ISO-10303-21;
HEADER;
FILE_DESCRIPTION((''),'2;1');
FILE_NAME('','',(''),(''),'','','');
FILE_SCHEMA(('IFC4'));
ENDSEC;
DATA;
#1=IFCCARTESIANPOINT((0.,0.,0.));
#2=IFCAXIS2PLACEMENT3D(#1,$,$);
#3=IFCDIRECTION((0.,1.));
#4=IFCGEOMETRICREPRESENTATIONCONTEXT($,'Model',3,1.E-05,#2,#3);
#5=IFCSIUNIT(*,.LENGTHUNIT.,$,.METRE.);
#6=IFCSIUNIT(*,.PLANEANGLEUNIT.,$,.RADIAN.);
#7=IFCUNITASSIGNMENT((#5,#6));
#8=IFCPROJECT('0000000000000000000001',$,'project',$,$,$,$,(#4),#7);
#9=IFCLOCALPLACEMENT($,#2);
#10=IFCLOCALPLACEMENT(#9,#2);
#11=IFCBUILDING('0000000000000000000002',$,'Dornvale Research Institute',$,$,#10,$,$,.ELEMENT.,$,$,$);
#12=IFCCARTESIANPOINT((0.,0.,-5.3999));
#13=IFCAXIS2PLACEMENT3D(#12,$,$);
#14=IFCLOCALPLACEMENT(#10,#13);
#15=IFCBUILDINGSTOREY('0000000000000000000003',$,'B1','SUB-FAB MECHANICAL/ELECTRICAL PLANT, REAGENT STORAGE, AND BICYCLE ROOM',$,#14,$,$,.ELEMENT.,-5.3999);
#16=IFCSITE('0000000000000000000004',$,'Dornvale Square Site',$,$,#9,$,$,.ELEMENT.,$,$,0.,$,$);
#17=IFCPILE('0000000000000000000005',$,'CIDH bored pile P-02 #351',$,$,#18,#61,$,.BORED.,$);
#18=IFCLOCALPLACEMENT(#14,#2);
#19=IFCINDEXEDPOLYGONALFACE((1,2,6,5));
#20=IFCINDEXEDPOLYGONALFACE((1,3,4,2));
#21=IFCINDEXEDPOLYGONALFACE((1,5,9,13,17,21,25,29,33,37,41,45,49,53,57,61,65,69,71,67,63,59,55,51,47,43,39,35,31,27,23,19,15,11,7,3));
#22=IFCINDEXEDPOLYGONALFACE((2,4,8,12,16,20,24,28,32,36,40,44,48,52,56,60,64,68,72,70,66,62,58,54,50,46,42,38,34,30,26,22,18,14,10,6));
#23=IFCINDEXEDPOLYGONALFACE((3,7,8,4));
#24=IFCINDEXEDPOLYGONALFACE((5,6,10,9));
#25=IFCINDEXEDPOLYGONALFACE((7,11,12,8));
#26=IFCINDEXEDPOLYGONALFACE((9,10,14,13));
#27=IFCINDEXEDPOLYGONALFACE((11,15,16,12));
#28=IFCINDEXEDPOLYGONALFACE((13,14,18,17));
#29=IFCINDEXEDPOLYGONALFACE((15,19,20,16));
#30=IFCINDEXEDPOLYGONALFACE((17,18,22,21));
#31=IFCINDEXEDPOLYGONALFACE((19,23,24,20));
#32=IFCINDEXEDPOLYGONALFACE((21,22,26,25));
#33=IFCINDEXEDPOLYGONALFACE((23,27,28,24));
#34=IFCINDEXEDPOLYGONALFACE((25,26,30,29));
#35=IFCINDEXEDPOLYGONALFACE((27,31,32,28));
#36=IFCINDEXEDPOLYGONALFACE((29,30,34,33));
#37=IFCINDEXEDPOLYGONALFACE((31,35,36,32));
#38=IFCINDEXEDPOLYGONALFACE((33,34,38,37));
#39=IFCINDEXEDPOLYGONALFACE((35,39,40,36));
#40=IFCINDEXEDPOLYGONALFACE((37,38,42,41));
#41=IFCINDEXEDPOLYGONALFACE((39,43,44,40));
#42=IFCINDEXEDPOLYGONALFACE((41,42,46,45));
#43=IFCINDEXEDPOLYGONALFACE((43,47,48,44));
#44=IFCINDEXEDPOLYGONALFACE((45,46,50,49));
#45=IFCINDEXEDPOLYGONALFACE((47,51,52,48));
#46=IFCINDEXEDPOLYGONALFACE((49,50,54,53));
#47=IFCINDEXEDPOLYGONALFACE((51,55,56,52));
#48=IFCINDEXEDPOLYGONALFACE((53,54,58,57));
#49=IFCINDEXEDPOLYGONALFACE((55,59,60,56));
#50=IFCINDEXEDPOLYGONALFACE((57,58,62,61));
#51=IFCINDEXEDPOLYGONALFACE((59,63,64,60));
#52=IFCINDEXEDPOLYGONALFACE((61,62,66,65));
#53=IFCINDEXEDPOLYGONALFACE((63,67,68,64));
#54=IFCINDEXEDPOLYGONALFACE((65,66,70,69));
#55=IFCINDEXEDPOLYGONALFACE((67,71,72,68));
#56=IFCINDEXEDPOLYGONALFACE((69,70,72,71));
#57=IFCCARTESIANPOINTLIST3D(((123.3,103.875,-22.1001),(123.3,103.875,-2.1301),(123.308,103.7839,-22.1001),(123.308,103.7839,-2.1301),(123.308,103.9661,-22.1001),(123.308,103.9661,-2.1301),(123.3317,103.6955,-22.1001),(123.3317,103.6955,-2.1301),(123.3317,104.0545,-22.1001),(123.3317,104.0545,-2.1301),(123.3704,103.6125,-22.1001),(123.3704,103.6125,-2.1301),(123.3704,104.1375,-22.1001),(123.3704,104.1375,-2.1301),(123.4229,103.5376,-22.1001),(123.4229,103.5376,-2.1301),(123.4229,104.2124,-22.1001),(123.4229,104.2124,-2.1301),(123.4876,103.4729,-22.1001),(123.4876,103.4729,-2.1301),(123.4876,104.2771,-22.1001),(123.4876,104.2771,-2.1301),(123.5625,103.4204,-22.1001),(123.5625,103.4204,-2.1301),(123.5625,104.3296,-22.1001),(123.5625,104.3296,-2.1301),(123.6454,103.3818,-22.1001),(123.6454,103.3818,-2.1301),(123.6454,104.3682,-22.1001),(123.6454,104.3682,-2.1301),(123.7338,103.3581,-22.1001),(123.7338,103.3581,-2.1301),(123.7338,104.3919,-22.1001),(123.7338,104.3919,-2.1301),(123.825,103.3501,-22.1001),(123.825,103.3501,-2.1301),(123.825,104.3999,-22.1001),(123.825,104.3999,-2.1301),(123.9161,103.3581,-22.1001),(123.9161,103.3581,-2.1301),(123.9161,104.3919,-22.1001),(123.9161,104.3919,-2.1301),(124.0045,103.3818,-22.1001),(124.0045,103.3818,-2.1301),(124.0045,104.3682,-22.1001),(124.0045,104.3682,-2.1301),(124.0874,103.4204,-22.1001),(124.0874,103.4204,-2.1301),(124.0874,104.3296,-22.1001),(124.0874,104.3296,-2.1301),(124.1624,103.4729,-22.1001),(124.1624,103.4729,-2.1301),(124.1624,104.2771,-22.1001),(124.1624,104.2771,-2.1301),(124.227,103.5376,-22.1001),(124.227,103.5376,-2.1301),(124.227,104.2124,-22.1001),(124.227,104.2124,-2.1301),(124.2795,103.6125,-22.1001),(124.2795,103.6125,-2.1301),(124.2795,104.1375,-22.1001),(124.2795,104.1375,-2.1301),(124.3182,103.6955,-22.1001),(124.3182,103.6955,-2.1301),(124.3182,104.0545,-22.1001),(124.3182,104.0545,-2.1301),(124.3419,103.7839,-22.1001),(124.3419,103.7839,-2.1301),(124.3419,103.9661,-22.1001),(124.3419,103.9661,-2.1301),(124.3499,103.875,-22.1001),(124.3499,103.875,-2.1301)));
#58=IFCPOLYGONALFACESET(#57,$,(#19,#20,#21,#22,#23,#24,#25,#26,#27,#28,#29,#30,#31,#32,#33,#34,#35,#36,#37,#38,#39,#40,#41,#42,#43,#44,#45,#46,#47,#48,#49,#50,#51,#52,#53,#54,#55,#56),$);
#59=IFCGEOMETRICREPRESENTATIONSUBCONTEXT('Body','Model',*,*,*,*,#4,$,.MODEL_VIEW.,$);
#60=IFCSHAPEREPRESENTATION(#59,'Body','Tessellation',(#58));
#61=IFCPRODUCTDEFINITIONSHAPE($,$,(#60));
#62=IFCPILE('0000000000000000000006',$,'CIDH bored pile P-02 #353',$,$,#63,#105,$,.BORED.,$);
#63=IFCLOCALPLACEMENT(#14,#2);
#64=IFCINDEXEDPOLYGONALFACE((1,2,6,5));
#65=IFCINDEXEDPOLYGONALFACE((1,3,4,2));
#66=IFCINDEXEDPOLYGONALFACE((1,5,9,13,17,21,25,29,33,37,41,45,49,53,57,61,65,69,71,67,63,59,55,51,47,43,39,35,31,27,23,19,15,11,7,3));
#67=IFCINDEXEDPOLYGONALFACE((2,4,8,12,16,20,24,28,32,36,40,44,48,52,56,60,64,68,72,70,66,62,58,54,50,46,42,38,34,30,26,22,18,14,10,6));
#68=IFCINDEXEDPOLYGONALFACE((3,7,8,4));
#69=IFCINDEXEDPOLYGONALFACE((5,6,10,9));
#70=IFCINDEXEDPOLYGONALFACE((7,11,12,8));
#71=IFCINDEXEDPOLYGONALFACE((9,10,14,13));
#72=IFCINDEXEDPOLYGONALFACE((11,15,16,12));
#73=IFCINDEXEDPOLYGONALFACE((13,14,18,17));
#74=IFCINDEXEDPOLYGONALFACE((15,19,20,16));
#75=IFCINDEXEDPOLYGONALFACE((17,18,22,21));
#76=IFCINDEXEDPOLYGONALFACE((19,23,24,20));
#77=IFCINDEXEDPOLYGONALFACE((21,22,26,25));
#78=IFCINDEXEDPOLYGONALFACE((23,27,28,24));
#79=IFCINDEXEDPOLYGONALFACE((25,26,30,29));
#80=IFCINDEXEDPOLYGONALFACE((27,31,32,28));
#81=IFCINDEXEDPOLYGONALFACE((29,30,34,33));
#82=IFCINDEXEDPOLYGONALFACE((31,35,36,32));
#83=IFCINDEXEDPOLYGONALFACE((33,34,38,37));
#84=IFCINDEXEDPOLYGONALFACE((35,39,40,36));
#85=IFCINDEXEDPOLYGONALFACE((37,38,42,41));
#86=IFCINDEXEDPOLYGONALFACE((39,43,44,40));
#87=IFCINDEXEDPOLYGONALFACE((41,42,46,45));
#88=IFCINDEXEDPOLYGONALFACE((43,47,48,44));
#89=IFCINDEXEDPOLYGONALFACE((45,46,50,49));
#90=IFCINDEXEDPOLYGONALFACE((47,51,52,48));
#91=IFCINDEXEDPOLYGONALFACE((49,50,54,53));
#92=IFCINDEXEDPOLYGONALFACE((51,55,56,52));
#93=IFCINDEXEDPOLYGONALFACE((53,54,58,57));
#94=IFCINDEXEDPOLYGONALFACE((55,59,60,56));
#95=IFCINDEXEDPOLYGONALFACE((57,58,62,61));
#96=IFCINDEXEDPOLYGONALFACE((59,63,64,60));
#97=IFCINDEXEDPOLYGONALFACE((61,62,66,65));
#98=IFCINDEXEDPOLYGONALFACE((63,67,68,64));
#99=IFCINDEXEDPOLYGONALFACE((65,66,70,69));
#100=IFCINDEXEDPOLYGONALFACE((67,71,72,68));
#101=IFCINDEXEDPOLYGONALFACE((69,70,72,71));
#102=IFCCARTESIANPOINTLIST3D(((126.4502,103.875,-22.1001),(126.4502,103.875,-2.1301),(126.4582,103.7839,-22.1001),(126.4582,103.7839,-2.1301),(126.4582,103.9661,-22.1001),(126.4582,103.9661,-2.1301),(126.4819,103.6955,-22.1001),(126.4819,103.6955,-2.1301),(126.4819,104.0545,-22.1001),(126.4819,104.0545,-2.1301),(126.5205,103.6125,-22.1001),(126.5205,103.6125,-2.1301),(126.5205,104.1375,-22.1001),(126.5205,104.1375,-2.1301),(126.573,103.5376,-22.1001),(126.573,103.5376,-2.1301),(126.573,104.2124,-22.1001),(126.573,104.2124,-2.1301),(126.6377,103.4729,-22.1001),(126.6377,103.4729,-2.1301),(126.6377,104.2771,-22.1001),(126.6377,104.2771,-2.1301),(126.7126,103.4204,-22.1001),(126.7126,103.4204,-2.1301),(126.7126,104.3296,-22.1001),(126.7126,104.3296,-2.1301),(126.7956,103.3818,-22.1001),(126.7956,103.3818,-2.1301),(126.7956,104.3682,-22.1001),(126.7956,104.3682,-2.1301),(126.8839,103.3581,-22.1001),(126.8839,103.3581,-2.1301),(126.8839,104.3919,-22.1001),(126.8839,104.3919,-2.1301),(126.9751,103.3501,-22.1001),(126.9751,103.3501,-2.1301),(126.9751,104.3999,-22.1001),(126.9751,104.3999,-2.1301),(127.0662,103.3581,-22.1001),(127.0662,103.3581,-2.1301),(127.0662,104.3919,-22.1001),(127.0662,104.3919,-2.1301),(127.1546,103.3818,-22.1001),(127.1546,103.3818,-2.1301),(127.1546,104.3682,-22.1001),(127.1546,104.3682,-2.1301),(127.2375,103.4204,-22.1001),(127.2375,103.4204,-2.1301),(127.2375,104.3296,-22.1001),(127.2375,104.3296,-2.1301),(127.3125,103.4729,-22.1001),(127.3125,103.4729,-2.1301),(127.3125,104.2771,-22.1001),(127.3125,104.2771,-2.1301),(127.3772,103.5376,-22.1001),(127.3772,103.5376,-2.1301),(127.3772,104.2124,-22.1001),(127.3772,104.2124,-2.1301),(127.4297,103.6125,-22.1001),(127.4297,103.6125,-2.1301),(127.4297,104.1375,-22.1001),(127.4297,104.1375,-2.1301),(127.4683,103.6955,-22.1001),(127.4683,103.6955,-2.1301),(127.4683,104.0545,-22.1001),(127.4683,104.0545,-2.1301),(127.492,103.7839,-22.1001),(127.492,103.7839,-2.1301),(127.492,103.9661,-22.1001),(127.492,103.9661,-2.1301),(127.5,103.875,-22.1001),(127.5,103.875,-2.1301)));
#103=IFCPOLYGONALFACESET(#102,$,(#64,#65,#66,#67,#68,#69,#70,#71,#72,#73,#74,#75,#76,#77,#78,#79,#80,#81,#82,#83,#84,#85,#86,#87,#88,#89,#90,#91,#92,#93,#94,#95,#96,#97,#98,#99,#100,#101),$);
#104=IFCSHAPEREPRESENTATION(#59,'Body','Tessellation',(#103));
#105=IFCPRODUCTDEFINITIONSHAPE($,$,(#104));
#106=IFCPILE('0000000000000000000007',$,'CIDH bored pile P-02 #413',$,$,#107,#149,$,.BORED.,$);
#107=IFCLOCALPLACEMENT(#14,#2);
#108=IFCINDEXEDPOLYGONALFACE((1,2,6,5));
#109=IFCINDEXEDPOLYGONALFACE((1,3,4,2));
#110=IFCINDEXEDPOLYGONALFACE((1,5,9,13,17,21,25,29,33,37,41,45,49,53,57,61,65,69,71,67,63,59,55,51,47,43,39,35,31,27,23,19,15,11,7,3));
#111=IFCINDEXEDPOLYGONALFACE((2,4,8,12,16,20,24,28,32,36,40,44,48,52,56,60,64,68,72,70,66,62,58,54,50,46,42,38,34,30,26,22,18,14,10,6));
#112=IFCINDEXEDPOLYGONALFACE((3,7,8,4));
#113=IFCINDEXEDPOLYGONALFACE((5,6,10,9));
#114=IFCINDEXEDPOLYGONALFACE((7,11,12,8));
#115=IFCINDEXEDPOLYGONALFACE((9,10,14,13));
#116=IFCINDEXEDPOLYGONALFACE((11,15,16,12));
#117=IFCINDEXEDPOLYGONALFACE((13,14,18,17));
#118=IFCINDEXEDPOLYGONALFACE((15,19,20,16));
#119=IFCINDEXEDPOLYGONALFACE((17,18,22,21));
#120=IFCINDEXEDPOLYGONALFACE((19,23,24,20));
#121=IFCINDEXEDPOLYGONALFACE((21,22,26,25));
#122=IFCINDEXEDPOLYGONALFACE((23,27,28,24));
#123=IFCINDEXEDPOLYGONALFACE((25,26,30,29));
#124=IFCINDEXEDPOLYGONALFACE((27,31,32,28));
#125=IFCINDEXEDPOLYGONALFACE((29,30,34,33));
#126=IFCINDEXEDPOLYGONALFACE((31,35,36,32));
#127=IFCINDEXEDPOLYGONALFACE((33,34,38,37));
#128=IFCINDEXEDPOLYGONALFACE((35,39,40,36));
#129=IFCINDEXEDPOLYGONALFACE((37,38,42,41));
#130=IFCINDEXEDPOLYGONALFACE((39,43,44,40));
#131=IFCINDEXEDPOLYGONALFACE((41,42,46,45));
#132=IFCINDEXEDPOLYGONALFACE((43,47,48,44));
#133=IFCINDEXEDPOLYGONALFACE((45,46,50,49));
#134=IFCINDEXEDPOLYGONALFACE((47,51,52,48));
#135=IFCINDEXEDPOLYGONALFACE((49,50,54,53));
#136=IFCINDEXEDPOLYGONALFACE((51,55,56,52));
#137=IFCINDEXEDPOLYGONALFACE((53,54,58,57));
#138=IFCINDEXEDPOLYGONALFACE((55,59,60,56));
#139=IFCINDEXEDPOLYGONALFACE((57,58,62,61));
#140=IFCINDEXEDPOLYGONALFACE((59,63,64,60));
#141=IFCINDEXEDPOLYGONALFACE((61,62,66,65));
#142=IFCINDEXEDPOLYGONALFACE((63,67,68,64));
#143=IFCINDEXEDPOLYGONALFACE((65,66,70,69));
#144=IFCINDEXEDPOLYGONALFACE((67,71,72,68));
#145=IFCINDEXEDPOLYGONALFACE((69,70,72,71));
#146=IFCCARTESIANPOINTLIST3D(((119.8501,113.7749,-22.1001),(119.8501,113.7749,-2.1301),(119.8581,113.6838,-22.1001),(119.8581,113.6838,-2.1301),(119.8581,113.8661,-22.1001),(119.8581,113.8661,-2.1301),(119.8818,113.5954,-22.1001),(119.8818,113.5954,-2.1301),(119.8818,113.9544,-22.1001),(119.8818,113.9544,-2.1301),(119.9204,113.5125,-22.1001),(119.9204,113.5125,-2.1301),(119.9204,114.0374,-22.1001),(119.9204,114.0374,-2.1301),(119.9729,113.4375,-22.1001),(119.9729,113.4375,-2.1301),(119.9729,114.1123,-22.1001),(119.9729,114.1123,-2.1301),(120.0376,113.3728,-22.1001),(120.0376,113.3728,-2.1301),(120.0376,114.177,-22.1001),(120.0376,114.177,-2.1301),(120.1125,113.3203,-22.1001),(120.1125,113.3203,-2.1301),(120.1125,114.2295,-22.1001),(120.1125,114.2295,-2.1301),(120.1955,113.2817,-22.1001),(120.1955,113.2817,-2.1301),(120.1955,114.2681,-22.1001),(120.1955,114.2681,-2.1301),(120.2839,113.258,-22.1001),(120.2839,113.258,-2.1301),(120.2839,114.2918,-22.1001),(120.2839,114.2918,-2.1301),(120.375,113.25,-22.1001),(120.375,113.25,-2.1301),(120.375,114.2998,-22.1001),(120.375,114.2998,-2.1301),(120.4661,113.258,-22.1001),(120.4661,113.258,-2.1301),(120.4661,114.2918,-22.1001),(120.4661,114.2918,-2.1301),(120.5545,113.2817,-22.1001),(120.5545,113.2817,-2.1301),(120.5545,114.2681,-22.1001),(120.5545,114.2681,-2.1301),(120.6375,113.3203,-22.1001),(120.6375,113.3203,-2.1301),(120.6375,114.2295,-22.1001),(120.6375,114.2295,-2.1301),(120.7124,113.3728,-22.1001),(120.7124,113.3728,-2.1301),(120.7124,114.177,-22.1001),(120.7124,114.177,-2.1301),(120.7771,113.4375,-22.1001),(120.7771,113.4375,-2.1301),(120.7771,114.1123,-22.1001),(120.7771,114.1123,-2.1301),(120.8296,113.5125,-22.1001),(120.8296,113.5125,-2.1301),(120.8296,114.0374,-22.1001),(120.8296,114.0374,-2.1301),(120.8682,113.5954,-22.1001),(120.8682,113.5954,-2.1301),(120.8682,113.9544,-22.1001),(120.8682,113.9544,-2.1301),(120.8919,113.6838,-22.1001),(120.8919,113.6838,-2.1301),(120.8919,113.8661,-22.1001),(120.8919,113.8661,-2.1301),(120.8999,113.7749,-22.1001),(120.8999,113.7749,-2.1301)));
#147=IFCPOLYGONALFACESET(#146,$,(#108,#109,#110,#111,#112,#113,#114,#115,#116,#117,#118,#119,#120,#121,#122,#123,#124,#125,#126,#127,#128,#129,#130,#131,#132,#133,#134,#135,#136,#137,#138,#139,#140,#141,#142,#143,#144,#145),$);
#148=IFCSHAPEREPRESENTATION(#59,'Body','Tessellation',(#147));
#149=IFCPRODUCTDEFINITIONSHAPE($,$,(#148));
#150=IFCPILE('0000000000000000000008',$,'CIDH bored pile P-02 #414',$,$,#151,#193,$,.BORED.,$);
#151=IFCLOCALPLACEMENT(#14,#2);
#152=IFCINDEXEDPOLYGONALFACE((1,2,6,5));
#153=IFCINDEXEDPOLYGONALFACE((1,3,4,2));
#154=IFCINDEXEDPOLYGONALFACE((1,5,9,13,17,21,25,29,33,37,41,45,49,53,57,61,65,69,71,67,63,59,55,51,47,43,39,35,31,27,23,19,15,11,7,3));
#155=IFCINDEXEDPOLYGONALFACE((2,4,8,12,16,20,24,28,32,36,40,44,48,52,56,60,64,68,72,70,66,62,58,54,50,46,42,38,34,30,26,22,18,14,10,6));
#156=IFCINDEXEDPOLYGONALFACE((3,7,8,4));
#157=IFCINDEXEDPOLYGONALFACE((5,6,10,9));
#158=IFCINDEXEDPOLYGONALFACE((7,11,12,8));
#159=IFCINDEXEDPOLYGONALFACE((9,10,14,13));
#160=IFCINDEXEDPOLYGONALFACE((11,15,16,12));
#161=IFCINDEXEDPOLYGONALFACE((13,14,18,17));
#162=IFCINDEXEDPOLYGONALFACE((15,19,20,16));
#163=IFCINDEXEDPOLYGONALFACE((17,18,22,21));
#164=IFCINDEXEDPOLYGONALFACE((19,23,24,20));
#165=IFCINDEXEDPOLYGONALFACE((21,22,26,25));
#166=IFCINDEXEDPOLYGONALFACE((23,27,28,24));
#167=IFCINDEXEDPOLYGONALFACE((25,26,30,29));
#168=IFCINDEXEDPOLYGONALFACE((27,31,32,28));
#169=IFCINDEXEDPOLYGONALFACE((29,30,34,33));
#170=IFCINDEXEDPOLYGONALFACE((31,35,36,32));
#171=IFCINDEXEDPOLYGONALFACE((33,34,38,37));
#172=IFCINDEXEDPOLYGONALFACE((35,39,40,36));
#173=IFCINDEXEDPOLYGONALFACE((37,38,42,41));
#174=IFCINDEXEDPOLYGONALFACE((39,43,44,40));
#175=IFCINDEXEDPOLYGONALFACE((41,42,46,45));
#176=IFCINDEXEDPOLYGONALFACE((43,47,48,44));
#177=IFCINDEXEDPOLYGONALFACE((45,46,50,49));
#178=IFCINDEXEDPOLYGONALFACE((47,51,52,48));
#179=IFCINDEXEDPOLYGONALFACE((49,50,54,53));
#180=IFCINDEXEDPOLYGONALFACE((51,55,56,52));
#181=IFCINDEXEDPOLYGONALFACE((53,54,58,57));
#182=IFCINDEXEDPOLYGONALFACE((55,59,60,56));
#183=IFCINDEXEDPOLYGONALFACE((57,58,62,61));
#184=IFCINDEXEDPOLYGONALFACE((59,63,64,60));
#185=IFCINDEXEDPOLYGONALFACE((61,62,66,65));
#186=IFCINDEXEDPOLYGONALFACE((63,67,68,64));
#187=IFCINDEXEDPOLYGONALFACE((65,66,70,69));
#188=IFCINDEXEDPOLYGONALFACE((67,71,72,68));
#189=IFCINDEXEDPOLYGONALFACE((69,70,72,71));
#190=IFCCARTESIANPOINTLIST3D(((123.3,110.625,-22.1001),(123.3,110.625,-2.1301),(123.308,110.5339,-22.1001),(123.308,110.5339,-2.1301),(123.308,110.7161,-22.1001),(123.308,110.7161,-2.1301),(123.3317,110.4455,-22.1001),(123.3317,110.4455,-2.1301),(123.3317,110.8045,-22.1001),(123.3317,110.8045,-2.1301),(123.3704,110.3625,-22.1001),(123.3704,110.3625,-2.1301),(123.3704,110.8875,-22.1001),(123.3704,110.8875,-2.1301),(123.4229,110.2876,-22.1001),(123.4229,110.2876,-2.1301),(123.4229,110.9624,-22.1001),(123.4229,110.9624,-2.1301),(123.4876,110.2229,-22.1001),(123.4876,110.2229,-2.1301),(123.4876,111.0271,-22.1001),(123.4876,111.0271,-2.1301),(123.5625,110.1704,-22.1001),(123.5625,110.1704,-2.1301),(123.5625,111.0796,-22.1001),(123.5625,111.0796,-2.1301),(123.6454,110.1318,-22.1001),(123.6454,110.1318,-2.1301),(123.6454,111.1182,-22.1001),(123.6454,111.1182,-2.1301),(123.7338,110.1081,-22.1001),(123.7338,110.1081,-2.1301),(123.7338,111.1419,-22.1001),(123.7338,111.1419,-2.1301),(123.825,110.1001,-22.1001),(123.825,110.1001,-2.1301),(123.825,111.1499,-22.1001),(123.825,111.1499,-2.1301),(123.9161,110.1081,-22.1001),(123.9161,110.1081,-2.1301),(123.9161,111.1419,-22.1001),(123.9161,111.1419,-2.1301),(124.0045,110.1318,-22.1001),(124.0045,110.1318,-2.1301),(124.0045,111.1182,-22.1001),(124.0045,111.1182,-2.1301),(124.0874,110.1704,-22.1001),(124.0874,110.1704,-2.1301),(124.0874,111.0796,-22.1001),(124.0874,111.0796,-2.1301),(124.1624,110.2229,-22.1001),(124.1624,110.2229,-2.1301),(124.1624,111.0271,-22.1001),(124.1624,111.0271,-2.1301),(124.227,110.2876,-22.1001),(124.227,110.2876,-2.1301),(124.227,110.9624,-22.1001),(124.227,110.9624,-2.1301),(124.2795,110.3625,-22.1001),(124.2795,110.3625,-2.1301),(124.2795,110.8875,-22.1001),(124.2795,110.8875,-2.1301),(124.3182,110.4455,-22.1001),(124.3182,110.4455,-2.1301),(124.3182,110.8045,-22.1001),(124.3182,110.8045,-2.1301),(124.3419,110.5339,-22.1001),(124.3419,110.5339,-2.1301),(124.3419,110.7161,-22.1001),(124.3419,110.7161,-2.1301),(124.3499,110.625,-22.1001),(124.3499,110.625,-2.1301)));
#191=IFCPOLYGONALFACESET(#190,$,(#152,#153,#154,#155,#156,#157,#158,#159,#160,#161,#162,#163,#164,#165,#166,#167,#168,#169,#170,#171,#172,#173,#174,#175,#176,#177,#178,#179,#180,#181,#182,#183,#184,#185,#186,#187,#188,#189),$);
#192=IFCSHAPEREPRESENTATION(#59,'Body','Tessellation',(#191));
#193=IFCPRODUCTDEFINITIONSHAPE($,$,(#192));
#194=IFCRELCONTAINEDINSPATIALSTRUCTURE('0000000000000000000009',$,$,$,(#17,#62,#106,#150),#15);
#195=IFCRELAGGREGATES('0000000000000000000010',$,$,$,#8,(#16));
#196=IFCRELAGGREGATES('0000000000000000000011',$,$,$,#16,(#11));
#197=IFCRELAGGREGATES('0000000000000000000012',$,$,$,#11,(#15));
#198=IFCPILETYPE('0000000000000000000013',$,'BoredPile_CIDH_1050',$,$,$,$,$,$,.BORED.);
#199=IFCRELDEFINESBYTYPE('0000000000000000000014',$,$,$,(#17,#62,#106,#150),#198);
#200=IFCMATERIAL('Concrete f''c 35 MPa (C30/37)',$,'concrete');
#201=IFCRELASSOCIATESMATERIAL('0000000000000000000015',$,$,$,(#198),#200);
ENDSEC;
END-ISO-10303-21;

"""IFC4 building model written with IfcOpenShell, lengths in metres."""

from ifc_helpers import new_model, si_unit, direction, frame, origin, origin_2d, place, context, subcontext, project, spatial, circle, extrude, material, material_profile, profile_set, type_object, element, save


model = new_model("IFC4")

# Units and contexts
model_context = context("Model", 3, precision=1e-05, world=origin(), true_north=direction((0.0, 1.0)))
body_context = subcontext(model_context, "Body", "Model", "MODEL_VIEW")
ifc_project = project(units=[si_unit("LENGTHUNIT", "METRE"), si_unit("PLANEANGLEUNIT", "RADIAN")], contexts=[model_context])

# Site, building, storey
site_placement = place(None, origin())
site = spatial("IfcSite", under=ifc_project, at=site_placement, Name="Dornvale Square Site", CompositionType="ELEMENT", RefElevation=0.0)
building_placement = place(site_placement, origin())
building = spatial("IfcBuilding", under=site, at=building_placement, Name="Dornvale Research Institute", CompositionType="ELEMENT")
storey_placement = place(building_placement, frame((0.0, 0.0, -5.3999)))
storey = spatial("IfcBuildingStorey", under=building, at=storey_placement, Name="B1", Description="SUB-FAB MECHANICAL/ELECTRICAL PLANT, REAGENT STORAGE, AND BICYCLE ROOM", CompositionType="ELEMENT", Elevation=-5.3999)

# Piles
ifc_material_1 = material(Name="Concrete f'c 35 MPa (C30/37)", Category="concrete")
ifc_material_profile_1 = material_profile(ifc_material_1, circle(Radius=0.5249, at=origin_2d()), Name="CIDH PILE D1050")
ifc_profile_set_1 = profile_set([ifc_material_profile_1], Name="Concrete f'c 35 MPa (C30/37)")
pile_type = type_object("IfcPileType", Name="BoredPile_CIDH_1050", PredefinedType="BORED", material=ifc_profile_set_1)
for number, where, z_axis, x_axis, name in (
    (1, (123.825, 103.875, -2.1301), (0.0, 0.0, -1.0), (1.0, 0.0, 0.0), "CIDH bored pile P-02 #351"),
    (2, (126.9751, 103.875, -2.1301), (0.0, 0.0, -1.0), (1.0, 0.0, 0.0), "CIDH bored pile P-02 #353"),
    (3, (120.375, 113.7749, -2.1301), (0.0, 0.0, -1.0), (1.0, 0.0, 0.0), "CIDH bored pile P-02 #413"),
    (4, (123.825, 110.625, -2.1301), (0.0, 0.0, -1.0), (1.0, 0.0, 0.0), "CIDH bored pile P-02 #414"),
):
    element("IfcPile", number, at=place(storey_placement, frame(where, z_axis=z_axis, x_axis=x_axis)), inside=storey, type_object=pile_type, Name=name, PredefinedType="BORED", context=body_context, shape_type="SweptSolid", body=[
        extrude(circle(Radius=0.5249, at=origin_2d()), origin(), (0.0, 0.0, 1.0), 19.97),
    ])

save(model, "model.ifc")
